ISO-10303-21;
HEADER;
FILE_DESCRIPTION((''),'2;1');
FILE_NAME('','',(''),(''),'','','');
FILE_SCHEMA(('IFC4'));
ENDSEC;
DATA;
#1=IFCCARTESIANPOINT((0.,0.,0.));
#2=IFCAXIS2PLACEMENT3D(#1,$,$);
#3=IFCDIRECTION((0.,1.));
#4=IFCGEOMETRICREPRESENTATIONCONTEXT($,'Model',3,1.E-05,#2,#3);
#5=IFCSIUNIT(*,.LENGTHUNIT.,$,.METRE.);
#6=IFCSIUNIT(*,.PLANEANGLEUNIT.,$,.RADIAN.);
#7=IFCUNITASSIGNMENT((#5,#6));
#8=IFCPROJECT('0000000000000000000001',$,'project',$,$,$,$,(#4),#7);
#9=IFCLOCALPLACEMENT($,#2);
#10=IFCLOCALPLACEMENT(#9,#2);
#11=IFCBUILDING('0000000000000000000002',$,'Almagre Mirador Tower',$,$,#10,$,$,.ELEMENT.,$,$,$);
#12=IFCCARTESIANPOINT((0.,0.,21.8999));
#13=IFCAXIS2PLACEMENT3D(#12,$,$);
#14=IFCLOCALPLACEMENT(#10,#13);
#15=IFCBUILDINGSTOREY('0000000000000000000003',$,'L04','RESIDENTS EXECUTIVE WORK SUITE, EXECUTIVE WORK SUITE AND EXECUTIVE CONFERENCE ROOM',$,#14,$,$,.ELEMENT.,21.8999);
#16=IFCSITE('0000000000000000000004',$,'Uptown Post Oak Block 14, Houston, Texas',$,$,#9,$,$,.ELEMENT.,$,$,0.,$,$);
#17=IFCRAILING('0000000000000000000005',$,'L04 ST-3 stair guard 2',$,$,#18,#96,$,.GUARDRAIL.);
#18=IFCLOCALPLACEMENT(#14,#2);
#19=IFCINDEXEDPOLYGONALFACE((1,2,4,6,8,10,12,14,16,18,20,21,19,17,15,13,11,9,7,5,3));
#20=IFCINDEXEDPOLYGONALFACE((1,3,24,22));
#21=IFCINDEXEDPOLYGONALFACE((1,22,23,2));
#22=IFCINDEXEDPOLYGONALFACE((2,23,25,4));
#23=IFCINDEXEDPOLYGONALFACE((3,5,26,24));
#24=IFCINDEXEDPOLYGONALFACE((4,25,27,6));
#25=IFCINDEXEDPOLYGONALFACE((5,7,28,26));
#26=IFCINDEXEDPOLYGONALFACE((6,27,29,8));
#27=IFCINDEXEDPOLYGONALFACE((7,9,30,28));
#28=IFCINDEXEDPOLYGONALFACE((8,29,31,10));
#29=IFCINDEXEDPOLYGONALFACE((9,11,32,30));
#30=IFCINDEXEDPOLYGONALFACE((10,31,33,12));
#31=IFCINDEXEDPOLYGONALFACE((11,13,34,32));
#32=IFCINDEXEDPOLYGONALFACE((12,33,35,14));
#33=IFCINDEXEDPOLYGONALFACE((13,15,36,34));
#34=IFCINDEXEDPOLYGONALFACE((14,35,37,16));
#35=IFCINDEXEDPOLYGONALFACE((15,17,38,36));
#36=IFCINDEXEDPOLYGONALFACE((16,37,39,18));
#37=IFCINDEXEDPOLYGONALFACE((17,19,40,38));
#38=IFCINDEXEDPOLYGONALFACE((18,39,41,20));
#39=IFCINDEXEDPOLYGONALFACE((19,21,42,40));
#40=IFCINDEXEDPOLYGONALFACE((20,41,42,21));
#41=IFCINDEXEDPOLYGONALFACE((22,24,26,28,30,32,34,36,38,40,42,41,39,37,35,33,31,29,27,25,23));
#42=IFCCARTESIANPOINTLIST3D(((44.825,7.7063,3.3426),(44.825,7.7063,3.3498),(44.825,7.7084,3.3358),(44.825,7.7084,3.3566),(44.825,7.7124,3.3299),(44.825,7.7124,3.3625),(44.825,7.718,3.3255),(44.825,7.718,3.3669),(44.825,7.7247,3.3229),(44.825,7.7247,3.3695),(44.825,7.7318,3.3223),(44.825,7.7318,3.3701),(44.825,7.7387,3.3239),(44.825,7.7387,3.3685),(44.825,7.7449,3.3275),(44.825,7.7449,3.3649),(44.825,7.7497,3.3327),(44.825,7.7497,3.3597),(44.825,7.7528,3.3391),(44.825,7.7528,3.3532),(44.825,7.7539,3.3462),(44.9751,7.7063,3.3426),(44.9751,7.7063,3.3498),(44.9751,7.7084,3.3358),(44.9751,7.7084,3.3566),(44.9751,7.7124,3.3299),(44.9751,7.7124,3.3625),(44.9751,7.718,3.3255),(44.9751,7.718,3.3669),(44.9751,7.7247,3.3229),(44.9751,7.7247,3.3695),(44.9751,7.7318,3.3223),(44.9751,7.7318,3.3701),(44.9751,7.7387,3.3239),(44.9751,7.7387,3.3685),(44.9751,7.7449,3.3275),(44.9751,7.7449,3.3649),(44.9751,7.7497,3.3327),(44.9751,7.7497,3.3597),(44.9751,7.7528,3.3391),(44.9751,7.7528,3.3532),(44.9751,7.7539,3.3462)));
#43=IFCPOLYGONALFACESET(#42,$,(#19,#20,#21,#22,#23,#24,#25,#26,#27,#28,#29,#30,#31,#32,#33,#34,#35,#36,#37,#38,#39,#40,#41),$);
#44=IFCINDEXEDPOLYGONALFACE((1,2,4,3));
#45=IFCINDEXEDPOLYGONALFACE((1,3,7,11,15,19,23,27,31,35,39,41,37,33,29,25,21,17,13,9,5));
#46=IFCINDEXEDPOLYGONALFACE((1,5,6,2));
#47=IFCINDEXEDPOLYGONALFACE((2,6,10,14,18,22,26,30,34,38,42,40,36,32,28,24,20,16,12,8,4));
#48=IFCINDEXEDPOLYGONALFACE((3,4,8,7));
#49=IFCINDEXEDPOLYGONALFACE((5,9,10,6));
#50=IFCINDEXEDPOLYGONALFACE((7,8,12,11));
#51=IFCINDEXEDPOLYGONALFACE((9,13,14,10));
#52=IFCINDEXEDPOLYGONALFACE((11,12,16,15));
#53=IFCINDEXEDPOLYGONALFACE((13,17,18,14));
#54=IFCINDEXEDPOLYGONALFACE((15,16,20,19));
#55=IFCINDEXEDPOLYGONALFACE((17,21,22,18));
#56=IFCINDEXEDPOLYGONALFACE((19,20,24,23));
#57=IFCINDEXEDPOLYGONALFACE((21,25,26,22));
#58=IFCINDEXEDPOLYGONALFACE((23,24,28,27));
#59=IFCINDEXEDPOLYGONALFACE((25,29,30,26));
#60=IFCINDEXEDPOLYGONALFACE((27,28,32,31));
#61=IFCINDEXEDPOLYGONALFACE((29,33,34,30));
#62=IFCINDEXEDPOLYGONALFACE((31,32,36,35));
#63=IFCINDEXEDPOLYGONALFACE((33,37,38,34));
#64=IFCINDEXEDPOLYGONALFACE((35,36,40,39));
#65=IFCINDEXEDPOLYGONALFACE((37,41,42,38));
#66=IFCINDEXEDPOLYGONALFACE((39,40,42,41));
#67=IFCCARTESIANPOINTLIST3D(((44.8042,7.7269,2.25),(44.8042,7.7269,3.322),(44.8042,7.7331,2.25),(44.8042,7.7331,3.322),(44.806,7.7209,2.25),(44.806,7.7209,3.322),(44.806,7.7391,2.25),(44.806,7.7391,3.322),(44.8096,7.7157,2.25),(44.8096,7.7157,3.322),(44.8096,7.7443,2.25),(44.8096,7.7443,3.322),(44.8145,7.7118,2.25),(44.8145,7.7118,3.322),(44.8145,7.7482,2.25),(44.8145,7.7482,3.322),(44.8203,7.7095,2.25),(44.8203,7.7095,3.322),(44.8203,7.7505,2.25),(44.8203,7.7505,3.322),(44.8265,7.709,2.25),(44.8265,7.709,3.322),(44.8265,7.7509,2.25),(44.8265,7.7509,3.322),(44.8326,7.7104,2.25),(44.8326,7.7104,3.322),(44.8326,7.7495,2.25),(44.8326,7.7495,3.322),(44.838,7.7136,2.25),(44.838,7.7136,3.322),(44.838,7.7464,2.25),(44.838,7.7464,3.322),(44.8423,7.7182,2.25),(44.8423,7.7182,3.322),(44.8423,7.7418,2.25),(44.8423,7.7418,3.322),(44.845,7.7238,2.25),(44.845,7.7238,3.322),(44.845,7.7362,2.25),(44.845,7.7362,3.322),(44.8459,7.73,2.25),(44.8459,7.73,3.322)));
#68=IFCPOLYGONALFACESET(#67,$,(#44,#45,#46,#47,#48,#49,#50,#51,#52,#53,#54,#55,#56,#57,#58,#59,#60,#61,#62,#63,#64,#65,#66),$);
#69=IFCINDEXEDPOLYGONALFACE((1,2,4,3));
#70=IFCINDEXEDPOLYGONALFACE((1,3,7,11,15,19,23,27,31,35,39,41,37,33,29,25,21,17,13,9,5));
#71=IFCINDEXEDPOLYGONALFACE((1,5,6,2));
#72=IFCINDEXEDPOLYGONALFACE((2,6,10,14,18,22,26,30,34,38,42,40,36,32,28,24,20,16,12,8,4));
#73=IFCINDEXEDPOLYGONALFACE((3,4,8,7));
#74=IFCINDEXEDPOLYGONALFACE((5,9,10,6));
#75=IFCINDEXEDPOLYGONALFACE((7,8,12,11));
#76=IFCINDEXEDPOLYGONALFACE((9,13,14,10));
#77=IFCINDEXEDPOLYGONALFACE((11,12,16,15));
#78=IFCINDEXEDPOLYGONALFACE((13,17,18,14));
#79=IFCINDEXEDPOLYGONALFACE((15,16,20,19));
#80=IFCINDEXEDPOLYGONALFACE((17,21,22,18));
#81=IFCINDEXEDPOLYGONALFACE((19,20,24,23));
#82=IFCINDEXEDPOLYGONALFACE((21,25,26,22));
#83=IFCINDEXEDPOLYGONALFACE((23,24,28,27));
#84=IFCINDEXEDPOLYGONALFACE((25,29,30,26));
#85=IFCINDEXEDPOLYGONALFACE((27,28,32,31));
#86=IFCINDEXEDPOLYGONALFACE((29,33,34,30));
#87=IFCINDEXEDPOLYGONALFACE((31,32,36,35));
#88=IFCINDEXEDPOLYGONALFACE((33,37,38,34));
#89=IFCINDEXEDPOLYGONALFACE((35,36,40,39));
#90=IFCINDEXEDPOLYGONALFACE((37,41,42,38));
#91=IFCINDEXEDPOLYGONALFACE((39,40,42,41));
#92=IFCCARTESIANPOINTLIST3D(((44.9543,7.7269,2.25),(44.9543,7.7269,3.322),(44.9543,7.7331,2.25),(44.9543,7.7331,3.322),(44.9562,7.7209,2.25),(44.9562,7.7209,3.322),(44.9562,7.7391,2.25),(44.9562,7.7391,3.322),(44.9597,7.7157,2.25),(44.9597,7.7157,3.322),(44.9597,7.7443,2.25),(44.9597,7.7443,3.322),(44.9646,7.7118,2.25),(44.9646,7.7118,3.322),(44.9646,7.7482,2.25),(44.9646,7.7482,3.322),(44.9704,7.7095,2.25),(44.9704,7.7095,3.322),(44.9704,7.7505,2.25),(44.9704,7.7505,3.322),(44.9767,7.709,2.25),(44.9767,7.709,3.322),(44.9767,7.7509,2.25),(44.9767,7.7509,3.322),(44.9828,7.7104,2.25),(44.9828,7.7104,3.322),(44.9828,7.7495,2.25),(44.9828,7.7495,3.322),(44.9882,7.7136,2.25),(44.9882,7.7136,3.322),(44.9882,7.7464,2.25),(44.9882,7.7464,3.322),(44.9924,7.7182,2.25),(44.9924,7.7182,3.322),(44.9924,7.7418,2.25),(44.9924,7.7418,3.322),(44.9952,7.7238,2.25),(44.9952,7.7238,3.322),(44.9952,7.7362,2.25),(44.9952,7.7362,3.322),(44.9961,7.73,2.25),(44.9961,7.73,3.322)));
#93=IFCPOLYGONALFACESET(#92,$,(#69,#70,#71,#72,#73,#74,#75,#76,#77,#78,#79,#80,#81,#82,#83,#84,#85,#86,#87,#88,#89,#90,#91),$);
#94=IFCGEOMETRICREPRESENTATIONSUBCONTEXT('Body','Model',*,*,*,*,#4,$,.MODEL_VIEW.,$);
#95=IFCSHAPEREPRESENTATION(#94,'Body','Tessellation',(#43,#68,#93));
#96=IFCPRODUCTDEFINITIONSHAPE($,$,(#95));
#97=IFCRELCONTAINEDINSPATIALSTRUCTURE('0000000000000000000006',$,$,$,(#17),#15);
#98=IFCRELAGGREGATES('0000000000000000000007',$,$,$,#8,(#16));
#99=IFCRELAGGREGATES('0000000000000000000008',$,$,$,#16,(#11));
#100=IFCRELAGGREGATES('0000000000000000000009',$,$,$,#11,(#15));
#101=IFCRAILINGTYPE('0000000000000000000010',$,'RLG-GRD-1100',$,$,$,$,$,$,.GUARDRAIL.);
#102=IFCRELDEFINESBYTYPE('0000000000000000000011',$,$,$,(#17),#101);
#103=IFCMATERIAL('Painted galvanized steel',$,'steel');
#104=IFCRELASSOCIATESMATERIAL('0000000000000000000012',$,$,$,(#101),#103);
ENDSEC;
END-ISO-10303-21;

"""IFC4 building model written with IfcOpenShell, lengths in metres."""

from ifc_helpers import new_model, si_unit, direction, frame, origin, origin_2d, place, context, subcontext, project, spatial, circle, extrude, material, type_object, element, save


model = new_model("IFC4")

# Units and contexts
model_context = context("Model", 3, precision=1e-05, world=origin(), true_north=direction((0.0, 1.0)))
body_context = subcontext(model_context, "Body", "Model", "MODEL_VIEW")
ifc_project = project(units=[si_unit("LENGTHUNIT", "METRE"), si_unit("PLANEANGLEUNIT", "RADIAN")], contexts=[model_context])

# Site, building, storey
site_placement = place(None, origin())
site = spatial("IfcSite", under=ifc_project, at=site_placement, Name="Uptown Post Oak Block 14, Houston, Texas", CompositionType="ELEMENT", RefElevation=0.0)
building_placement = place(site_placement, origin())
building = spatial("IfcBuilding", under=site, at=building_placement, Name="Almagre Mirador Tower", CompositionType="ELEMENT")
storey_placement = place(building_placement, frame((0.0, 0.0, 21.8999)))
storey = spatial("IfcBuildingStorey", under=building, at=storey_placement, Name="L04", Description="RESIDENTS EXECUTIVE WORK SUITE, EXECUTIVE WORK SUITE AND EXECUTIVE CONFERENCE ROOM", CompositionType="ELEMENT", Elevation=21.8999)

# Railing
ifc_material_1 = material(Name="Painted galvanized steel", Category="steel")
railing_type_1 = type_object("IfcRailingType", Name="RLG-GRD-1100", PredefinedType="GUARDRAIL", material=ifc_material_1)
railing_1_placement = place(storey_placement, frame((44.825, 7.73, 2.25)))
element("IfcRailing", 1, at=railing_1_placement, inside=storey, type_object=railing_type_1, Name="L04 ST-3 stair guard 2", PredefinedType="GUARDRAIL", context=body_context, shape_type="SweptSolid", body=[
    extrude(circle(Radius=0.0239, at=origin_2d()), frame((0.0, 0.0, 1.0962), z_axis=(1.0, 0.0, 0.0), x_axis=(0.0, 1.0, 0.0)), (0.0, 0.0, 1.0), 0.1501),
    extrude(circle(Radius=0.021, at=origin_2d()), origin(), (0.0, 0.0, 1.0), 1.072),
    extrude(circle(Radius=0.021, at=origin_2d()), frame((0.1501, 0.0, 0.0)), (0.0, 0.0, 1.0), 1.072),
])

save(model, "model.ifc")
